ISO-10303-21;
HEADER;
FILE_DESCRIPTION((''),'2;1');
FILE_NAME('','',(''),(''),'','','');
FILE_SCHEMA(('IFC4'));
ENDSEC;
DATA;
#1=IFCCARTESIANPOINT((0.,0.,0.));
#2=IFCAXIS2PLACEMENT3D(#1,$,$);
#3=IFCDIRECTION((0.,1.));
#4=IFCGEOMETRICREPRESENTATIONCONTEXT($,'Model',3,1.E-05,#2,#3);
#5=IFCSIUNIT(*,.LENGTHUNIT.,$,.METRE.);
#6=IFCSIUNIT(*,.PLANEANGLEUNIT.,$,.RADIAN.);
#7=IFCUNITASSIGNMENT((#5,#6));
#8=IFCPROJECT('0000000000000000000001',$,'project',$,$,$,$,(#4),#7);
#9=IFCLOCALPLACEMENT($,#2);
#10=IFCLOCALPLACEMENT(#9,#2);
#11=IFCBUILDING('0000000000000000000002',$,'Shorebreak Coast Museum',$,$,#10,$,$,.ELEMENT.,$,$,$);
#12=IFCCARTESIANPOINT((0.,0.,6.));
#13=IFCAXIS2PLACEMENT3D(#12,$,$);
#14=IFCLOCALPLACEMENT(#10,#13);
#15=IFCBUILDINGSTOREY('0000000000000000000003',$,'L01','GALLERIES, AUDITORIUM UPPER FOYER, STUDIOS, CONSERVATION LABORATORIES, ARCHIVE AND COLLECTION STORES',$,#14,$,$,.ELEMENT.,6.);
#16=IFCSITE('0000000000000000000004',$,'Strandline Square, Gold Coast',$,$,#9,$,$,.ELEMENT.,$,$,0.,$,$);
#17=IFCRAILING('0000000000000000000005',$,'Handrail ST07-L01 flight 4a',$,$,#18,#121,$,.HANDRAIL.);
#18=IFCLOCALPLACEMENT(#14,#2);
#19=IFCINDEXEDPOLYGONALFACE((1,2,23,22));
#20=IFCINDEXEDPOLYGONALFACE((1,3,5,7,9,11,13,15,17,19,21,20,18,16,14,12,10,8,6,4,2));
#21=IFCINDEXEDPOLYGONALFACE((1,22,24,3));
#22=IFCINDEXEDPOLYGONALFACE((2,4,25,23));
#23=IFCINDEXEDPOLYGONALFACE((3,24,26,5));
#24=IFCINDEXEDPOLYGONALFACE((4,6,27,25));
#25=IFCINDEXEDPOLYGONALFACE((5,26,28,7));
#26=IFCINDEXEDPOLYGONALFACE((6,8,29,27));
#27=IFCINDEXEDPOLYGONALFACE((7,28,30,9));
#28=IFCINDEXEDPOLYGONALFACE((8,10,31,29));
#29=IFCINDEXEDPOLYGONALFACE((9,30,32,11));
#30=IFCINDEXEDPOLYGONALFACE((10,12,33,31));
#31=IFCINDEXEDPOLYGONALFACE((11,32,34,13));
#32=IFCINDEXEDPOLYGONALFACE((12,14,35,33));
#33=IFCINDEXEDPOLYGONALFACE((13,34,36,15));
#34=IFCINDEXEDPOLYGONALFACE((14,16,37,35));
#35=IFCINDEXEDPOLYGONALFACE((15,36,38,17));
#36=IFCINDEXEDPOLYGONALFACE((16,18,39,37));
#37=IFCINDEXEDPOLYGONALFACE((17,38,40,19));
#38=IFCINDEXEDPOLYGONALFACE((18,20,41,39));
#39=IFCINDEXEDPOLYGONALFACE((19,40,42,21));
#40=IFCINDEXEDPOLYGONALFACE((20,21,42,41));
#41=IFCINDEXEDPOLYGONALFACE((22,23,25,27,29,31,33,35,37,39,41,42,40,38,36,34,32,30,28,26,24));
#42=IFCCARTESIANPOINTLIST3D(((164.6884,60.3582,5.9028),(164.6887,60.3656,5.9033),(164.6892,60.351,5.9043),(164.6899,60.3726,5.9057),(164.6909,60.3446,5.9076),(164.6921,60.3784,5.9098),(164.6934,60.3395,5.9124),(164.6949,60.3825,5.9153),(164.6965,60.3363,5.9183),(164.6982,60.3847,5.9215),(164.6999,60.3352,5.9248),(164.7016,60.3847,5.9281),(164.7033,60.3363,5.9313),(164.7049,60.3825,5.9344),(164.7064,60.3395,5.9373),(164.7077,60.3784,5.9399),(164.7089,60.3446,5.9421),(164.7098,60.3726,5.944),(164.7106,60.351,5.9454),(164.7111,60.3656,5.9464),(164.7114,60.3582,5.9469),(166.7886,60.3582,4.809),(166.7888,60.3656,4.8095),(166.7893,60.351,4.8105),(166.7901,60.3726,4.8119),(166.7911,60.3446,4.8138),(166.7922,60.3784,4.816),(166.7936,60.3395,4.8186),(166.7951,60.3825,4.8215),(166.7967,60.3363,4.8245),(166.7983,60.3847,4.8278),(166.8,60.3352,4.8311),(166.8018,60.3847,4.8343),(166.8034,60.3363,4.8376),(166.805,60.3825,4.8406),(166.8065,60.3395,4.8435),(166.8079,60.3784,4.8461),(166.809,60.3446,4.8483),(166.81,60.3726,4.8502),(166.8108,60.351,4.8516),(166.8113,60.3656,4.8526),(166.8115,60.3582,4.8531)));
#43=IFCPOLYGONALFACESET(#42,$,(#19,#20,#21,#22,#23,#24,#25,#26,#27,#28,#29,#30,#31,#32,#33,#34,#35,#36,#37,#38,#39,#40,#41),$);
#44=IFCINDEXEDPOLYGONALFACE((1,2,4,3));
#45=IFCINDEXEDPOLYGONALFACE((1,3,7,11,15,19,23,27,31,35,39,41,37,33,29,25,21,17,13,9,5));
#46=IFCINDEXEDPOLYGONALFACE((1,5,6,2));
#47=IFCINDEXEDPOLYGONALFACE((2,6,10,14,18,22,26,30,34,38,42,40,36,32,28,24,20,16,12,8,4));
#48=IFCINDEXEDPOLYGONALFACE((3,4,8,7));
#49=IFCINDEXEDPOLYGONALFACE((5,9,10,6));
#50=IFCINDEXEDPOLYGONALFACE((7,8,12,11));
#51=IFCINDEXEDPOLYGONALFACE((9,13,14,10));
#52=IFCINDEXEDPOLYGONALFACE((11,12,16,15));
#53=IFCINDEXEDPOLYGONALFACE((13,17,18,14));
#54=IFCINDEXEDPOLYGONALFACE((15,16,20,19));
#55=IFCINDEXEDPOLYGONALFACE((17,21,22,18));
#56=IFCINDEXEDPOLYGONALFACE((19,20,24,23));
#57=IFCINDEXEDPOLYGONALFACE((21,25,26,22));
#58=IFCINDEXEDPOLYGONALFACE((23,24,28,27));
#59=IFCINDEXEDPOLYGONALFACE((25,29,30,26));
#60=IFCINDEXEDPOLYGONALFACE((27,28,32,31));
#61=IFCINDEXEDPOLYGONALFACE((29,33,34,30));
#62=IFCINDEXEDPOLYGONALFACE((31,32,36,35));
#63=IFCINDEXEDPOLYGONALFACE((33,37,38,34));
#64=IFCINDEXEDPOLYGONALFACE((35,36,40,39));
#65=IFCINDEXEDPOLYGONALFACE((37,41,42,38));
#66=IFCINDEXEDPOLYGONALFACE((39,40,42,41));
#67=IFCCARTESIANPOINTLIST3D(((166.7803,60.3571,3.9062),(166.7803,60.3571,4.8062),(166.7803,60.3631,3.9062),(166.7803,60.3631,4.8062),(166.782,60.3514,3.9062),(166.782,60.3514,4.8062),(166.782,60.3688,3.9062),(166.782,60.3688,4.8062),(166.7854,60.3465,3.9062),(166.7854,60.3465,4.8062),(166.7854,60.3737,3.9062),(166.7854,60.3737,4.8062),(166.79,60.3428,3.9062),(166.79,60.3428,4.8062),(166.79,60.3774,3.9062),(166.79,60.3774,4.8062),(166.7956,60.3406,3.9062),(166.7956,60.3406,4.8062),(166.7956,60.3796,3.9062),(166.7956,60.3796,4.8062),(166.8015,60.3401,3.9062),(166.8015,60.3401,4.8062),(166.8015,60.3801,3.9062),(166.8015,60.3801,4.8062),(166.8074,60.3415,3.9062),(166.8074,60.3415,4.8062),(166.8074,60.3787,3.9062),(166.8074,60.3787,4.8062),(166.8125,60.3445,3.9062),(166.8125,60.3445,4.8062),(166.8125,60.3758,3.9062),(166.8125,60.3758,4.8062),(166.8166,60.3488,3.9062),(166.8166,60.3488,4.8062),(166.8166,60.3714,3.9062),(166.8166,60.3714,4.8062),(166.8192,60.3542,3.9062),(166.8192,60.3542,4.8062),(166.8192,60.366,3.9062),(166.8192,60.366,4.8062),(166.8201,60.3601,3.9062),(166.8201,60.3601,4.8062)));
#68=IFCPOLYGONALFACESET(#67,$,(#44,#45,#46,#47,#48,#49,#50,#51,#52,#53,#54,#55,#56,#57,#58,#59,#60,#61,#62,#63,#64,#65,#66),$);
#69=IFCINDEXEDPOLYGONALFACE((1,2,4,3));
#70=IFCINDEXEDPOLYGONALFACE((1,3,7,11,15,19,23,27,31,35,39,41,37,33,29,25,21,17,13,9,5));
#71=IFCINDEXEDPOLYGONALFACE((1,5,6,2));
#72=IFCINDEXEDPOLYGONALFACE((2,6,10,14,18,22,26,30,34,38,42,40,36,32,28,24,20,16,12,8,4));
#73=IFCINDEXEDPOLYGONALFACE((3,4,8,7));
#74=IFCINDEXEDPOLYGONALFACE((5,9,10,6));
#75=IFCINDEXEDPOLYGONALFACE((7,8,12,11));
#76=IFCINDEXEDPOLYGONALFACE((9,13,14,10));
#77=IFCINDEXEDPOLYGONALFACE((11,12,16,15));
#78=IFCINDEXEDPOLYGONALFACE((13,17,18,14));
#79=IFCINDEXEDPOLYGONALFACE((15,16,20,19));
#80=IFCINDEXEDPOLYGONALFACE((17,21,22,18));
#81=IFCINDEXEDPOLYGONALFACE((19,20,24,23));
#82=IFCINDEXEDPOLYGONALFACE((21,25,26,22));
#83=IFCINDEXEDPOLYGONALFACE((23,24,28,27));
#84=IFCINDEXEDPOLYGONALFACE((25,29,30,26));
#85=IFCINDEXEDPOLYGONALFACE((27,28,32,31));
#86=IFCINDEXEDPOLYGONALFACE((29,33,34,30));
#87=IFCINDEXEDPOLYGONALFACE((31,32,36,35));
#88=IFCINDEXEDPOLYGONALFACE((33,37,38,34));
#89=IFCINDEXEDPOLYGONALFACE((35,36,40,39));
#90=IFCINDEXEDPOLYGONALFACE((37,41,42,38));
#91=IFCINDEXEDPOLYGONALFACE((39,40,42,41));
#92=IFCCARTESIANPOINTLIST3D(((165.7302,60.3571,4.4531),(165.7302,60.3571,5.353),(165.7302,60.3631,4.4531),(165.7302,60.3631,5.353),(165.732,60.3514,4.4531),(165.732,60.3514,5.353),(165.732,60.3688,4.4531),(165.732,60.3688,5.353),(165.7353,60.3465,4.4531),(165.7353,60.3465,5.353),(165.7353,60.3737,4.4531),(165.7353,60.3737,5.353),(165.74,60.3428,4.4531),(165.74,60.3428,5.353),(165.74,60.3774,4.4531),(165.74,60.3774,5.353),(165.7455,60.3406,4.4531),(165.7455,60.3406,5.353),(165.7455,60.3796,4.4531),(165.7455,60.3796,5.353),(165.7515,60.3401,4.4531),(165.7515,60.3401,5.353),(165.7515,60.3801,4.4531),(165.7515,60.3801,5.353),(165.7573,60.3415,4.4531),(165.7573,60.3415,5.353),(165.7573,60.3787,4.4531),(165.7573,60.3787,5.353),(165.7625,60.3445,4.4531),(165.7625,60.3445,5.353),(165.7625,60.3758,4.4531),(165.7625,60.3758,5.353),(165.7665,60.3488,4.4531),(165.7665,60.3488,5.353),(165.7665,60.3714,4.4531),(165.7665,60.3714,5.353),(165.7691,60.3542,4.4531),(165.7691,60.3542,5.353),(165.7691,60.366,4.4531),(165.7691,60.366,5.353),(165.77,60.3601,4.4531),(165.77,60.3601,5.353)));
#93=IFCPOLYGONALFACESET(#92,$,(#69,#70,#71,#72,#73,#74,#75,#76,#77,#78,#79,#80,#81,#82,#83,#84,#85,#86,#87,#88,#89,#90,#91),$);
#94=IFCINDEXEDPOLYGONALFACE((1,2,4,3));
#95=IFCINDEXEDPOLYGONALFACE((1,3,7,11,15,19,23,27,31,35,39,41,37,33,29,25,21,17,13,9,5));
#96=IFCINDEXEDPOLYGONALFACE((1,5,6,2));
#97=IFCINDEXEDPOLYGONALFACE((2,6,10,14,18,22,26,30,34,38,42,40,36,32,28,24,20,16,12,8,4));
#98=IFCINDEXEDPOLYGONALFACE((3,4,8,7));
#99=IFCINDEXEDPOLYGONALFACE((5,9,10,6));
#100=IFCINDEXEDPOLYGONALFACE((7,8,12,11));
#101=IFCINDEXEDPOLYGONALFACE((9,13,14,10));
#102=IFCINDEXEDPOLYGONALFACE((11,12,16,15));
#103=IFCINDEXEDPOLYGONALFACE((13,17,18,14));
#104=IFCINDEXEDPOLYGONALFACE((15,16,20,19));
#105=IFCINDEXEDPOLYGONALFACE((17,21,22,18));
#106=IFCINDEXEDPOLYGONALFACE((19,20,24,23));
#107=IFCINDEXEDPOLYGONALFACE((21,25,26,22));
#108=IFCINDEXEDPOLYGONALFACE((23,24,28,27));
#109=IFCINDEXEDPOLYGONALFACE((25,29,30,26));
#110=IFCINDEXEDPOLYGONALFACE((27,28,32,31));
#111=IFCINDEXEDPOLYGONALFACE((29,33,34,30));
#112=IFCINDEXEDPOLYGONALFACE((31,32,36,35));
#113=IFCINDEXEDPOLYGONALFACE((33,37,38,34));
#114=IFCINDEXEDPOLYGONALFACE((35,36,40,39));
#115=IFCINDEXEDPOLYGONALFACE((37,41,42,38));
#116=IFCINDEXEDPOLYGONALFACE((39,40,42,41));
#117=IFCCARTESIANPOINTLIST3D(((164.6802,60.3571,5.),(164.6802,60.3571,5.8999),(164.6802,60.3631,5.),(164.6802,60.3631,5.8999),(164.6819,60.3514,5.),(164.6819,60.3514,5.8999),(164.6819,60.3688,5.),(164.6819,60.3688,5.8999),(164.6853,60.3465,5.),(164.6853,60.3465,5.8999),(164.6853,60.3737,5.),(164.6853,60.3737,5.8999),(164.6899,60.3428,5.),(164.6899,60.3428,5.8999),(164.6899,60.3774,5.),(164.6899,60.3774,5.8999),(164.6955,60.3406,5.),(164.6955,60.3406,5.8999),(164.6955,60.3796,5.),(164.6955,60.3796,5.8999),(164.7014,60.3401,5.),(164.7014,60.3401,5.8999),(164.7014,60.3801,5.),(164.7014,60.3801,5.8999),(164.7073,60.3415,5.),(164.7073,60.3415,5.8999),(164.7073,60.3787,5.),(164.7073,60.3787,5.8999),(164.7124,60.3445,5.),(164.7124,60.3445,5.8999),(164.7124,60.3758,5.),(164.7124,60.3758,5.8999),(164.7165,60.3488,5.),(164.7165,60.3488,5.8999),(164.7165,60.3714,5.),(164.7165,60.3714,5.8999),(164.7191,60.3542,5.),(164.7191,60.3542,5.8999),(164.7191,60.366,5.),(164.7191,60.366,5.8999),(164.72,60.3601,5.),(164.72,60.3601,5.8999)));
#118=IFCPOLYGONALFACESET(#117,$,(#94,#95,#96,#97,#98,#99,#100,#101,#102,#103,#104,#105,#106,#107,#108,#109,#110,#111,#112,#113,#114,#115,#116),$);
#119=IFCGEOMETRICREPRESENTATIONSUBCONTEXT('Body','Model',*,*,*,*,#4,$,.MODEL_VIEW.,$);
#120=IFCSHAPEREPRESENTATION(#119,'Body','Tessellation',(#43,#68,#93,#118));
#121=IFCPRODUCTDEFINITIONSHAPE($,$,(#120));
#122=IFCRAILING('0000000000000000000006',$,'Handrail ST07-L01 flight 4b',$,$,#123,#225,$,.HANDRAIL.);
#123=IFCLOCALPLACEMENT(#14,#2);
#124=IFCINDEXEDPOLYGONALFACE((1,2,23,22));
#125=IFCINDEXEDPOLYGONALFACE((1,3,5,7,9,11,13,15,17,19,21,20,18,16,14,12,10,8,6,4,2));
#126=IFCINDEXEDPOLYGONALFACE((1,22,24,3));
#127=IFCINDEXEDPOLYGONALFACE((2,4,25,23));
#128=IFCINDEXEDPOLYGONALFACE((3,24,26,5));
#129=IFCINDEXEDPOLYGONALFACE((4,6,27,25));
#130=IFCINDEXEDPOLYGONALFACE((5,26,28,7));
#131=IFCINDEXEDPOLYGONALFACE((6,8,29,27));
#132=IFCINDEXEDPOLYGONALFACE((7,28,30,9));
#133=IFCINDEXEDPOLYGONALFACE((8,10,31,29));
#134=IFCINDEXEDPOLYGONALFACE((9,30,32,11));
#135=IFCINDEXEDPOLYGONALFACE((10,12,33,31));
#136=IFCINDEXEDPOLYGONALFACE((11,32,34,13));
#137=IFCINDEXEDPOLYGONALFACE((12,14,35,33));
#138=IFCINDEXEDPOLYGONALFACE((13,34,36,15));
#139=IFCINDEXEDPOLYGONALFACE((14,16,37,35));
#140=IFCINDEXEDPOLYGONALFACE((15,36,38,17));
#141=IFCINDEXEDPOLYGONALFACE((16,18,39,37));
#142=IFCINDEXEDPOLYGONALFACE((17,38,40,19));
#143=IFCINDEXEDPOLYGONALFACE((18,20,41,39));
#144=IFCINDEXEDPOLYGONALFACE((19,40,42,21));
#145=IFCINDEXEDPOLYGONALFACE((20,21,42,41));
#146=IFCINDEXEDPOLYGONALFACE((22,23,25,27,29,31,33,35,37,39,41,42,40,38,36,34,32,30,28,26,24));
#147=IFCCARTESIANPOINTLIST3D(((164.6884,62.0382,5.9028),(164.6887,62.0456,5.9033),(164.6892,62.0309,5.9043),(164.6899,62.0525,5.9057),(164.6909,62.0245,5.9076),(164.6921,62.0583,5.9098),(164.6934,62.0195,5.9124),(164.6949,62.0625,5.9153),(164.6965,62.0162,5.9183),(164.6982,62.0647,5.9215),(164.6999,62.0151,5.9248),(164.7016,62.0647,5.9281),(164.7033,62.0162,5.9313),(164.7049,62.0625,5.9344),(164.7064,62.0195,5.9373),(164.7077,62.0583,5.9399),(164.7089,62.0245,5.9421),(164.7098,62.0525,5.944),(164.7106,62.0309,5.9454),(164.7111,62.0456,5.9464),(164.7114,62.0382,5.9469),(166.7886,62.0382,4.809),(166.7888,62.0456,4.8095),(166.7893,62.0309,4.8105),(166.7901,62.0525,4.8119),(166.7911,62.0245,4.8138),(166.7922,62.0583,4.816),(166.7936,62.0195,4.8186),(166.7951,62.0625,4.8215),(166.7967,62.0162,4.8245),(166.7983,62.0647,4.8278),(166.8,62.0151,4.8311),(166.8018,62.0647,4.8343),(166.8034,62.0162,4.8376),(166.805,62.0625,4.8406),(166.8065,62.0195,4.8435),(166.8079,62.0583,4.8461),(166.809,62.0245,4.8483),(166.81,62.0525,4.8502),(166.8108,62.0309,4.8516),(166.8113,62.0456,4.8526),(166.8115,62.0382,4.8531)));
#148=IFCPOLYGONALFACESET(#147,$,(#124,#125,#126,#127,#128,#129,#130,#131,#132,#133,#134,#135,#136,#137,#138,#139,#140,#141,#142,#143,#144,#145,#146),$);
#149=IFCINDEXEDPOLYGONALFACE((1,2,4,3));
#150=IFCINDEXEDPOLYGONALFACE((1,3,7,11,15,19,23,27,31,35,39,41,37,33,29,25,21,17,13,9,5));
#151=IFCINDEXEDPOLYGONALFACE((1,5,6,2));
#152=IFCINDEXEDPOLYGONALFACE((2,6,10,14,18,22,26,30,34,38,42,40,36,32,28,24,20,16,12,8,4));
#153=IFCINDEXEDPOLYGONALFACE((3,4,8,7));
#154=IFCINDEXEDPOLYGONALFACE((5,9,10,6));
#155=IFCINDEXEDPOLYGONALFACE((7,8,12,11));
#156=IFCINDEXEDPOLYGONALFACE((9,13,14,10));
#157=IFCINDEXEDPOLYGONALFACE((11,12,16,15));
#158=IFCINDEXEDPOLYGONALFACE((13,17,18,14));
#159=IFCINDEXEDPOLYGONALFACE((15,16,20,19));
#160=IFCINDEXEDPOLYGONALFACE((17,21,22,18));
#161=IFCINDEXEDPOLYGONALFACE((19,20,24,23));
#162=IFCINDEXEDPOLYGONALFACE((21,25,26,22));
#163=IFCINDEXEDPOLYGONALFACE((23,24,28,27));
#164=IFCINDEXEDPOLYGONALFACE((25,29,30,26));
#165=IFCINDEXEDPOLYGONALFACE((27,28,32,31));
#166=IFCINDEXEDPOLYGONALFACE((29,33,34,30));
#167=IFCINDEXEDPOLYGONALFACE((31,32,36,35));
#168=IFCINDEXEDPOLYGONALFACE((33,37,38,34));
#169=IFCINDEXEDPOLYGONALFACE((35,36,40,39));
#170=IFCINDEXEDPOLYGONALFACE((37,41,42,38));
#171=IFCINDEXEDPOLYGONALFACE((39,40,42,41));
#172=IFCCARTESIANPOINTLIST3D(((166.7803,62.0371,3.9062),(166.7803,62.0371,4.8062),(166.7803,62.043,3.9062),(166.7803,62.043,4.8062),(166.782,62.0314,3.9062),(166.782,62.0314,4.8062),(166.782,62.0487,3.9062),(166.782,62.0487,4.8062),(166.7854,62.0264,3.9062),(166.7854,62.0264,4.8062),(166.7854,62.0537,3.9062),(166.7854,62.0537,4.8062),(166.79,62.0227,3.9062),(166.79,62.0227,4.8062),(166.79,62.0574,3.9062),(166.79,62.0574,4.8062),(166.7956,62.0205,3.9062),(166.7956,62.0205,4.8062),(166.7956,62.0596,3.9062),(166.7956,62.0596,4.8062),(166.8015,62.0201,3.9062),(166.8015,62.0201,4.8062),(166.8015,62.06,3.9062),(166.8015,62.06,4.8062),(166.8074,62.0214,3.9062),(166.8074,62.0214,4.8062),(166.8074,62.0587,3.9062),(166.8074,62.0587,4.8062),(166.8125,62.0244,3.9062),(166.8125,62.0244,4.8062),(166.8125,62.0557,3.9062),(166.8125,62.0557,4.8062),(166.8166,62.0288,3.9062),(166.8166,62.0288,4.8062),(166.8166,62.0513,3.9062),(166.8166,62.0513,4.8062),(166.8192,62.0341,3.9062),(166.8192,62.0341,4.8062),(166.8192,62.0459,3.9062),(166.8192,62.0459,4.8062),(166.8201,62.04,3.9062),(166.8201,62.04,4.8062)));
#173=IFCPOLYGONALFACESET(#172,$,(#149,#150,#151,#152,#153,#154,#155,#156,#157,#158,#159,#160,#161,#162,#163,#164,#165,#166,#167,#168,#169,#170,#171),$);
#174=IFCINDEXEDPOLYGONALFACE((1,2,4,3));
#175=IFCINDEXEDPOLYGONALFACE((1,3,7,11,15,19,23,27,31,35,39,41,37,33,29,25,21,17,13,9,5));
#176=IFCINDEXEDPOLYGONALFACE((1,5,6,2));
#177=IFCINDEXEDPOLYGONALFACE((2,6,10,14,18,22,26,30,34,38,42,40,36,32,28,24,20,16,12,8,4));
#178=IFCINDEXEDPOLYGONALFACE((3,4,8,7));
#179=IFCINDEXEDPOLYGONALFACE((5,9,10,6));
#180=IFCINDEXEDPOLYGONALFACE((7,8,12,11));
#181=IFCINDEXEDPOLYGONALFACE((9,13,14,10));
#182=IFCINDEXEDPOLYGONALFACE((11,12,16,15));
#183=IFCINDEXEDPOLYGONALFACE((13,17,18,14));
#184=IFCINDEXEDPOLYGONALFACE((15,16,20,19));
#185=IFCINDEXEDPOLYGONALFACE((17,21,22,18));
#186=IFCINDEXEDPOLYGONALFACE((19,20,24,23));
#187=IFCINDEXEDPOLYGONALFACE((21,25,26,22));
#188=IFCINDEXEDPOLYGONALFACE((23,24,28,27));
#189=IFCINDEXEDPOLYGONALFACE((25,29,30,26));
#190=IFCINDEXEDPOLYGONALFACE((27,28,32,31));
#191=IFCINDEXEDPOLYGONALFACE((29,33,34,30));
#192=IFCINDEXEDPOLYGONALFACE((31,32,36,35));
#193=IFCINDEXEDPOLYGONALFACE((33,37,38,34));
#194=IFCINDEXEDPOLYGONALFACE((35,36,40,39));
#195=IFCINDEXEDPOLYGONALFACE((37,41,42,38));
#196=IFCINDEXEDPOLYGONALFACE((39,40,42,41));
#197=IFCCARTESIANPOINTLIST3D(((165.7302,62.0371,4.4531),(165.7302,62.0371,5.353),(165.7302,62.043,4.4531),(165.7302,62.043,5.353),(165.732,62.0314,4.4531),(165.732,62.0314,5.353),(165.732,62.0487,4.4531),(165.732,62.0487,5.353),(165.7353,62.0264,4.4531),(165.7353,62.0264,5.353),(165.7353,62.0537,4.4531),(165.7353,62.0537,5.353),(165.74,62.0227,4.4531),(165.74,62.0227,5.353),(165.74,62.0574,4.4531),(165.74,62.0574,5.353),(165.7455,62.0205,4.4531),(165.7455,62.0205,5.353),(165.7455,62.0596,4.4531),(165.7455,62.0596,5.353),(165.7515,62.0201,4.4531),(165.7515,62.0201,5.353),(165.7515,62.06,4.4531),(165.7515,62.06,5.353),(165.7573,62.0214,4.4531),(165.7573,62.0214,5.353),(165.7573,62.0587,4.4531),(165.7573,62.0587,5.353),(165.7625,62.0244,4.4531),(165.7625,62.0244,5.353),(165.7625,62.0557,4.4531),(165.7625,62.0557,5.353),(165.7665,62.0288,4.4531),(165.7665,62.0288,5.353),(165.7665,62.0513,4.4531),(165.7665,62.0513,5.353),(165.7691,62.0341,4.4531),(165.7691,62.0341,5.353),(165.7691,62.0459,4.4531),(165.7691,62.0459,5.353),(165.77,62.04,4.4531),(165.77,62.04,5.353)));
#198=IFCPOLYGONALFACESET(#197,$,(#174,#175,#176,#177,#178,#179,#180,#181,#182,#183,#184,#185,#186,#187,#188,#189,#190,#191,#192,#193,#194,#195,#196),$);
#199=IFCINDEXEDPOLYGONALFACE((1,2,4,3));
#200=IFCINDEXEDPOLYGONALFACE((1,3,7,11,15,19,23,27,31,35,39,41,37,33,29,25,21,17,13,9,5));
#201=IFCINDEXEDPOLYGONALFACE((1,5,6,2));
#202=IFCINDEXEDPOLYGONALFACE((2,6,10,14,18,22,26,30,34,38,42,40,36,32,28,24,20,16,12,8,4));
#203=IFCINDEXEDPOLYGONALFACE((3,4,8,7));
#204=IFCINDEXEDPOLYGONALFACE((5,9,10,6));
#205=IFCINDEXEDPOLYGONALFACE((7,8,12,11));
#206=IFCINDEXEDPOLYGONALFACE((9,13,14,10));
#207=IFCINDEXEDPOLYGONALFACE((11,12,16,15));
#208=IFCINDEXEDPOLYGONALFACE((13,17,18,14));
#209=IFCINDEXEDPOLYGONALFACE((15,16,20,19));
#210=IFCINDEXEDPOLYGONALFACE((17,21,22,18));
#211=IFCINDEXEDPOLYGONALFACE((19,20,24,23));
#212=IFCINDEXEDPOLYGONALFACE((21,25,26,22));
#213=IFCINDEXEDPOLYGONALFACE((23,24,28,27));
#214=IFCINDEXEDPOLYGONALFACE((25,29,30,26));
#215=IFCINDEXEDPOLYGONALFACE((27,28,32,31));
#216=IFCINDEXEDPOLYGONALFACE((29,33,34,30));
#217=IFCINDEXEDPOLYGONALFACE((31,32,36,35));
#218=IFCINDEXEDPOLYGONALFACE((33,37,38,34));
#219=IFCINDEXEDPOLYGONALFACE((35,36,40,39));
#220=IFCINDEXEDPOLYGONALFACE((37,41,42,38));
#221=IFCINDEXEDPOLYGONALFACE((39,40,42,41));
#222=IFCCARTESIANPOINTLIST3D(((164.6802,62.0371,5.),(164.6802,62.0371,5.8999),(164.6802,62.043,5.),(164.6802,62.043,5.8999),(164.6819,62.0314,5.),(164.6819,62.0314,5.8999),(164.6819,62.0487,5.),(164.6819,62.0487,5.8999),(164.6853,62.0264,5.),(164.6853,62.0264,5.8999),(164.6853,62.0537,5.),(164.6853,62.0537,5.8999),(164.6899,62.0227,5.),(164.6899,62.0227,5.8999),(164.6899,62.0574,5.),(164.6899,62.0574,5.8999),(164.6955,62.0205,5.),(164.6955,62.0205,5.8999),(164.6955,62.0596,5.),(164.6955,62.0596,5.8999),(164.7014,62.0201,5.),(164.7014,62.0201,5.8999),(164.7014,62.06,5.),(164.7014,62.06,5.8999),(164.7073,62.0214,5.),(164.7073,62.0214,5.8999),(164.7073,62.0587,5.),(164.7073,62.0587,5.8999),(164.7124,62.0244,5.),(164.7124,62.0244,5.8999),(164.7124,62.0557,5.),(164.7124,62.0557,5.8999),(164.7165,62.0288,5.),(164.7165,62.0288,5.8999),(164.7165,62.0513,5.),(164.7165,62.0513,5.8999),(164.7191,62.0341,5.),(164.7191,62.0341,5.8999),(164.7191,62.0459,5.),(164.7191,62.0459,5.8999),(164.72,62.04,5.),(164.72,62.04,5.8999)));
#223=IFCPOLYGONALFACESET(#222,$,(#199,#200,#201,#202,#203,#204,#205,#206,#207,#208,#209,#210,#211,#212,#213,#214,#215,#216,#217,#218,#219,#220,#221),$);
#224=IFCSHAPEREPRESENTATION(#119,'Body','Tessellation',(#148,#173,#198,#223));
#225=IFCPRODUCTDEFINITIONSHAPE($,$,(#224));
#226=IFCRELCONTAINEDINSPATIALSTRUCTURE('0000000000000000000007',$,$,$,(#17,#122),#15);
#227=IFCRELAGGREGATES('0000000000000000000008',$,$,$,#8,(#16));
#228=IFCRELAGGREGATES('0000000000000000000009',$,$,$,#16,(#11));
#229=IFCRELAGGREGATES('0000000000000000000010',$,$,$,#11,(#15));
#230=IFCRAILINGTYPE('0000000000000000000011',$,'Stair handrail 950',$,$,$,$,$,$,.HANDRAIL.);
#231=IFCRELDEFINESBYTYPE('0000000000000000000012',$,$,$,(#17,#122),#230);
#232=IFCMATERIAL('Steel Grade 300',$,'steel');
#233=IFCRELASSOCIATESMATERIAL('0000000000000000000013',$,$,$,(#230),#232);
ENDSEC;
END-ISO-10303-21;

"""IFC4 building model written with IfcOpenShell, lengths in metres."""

from ifc_helpers import new_model, si_unit, direction, frame, origin, origin_2d, place, context, subcontext, project, spatial, circle, extrude, material, type_object, element, save


model = new_model("IFC4")

# Units and contexts
model_context = context("Model", 3, precision=1e-05, world=origin(), true_north=direction((0.0, 1.0)))
body_context = subcontext(model_context, "Body", "Model", "MODEL_VIEW")
ifc_project = project(units=[si_unit("LENGTHUNIT", "METRE"), si_unit("PLANEANGLEUNIT", "RADIAN")], contexts=[model_context])

# Site, building, storey
site_placement = place(None, origin())
site = spatial("IfcSite", under=ifc_project, at=site_placement, Name="Strandline Square, Gold Coast", CompositionType="ELEMENT", RefElevation=0.0)
building_placement = place(site_placement, origin())
building = spatial("IfcBuilding", under=site, at=building_placement, Name="Shorebreak Coast Museum", CompositionType="ELEMENT")
storey_placement = place(building_placement, frame((0.0, 0.0, 6.0)))
storey = spatial("IfcBuildingStorey", under=building, at=storey_placement, Name="L01", Description="GALLERIES, AUDITORIUM UPPER FOYER, STUDIOS, CONSERVATION LABORATORIES, ARCHIVE AND COLLECTION STORES", CompositionType="ELEMENT", Elevation=6.0)

# Railings
ifc_material_1 = material(Name="Steel Grade 300", Category="steel")
railing_type_1 = type_object("IfcRailingType", Name="Stair handrail 950", PredefinedType="HANDRAIL", material=ifc_material_1)
for number, where, name in (
    (1, (166.8, 60.3601, 3.9062), "Handrail ST07-L01 flight 4a"),
    (2, (166.8, 62.04, 3.9062), "Handrail ST07-L01 flight 4b"),
):
    element("IfcRailing", number, at=place(storey_placement, frame(where)), inside=storey, type_object=railing_type_1, Name=name, PredefinedType="HANDRAIL", context=body_context, shape_type="SweptSolid", body=[
        extrude(circle(Radius=0.0249, at=origin_2d()), frame((0.0, 0.0, 0.9248), z_axis=(-0.886923, 0.0, 0.461918), x_axis=(0.0, -1.0, 0.0)), (0.0, 0.0, 1.0), 2.3679),
        extrude(circle(Radius=0.02, at=origin_2d()), origin(), (0.0, 0.0, 1.0), 0.8999),
        extrude(circle(Radius=0.02, at=origin_2d()), frame((-1.05, 0.0, 0.5469)), (0.0, 0.0, 1.0), 0.8999),
        extrude(circle(Radius=0.02, at=origin_2d()), frame((-2.1001, 0.0, 1.0938)), (0.0, 0.0, 1.0), 0.8999),
    ])

save(model, "model.ifc")
